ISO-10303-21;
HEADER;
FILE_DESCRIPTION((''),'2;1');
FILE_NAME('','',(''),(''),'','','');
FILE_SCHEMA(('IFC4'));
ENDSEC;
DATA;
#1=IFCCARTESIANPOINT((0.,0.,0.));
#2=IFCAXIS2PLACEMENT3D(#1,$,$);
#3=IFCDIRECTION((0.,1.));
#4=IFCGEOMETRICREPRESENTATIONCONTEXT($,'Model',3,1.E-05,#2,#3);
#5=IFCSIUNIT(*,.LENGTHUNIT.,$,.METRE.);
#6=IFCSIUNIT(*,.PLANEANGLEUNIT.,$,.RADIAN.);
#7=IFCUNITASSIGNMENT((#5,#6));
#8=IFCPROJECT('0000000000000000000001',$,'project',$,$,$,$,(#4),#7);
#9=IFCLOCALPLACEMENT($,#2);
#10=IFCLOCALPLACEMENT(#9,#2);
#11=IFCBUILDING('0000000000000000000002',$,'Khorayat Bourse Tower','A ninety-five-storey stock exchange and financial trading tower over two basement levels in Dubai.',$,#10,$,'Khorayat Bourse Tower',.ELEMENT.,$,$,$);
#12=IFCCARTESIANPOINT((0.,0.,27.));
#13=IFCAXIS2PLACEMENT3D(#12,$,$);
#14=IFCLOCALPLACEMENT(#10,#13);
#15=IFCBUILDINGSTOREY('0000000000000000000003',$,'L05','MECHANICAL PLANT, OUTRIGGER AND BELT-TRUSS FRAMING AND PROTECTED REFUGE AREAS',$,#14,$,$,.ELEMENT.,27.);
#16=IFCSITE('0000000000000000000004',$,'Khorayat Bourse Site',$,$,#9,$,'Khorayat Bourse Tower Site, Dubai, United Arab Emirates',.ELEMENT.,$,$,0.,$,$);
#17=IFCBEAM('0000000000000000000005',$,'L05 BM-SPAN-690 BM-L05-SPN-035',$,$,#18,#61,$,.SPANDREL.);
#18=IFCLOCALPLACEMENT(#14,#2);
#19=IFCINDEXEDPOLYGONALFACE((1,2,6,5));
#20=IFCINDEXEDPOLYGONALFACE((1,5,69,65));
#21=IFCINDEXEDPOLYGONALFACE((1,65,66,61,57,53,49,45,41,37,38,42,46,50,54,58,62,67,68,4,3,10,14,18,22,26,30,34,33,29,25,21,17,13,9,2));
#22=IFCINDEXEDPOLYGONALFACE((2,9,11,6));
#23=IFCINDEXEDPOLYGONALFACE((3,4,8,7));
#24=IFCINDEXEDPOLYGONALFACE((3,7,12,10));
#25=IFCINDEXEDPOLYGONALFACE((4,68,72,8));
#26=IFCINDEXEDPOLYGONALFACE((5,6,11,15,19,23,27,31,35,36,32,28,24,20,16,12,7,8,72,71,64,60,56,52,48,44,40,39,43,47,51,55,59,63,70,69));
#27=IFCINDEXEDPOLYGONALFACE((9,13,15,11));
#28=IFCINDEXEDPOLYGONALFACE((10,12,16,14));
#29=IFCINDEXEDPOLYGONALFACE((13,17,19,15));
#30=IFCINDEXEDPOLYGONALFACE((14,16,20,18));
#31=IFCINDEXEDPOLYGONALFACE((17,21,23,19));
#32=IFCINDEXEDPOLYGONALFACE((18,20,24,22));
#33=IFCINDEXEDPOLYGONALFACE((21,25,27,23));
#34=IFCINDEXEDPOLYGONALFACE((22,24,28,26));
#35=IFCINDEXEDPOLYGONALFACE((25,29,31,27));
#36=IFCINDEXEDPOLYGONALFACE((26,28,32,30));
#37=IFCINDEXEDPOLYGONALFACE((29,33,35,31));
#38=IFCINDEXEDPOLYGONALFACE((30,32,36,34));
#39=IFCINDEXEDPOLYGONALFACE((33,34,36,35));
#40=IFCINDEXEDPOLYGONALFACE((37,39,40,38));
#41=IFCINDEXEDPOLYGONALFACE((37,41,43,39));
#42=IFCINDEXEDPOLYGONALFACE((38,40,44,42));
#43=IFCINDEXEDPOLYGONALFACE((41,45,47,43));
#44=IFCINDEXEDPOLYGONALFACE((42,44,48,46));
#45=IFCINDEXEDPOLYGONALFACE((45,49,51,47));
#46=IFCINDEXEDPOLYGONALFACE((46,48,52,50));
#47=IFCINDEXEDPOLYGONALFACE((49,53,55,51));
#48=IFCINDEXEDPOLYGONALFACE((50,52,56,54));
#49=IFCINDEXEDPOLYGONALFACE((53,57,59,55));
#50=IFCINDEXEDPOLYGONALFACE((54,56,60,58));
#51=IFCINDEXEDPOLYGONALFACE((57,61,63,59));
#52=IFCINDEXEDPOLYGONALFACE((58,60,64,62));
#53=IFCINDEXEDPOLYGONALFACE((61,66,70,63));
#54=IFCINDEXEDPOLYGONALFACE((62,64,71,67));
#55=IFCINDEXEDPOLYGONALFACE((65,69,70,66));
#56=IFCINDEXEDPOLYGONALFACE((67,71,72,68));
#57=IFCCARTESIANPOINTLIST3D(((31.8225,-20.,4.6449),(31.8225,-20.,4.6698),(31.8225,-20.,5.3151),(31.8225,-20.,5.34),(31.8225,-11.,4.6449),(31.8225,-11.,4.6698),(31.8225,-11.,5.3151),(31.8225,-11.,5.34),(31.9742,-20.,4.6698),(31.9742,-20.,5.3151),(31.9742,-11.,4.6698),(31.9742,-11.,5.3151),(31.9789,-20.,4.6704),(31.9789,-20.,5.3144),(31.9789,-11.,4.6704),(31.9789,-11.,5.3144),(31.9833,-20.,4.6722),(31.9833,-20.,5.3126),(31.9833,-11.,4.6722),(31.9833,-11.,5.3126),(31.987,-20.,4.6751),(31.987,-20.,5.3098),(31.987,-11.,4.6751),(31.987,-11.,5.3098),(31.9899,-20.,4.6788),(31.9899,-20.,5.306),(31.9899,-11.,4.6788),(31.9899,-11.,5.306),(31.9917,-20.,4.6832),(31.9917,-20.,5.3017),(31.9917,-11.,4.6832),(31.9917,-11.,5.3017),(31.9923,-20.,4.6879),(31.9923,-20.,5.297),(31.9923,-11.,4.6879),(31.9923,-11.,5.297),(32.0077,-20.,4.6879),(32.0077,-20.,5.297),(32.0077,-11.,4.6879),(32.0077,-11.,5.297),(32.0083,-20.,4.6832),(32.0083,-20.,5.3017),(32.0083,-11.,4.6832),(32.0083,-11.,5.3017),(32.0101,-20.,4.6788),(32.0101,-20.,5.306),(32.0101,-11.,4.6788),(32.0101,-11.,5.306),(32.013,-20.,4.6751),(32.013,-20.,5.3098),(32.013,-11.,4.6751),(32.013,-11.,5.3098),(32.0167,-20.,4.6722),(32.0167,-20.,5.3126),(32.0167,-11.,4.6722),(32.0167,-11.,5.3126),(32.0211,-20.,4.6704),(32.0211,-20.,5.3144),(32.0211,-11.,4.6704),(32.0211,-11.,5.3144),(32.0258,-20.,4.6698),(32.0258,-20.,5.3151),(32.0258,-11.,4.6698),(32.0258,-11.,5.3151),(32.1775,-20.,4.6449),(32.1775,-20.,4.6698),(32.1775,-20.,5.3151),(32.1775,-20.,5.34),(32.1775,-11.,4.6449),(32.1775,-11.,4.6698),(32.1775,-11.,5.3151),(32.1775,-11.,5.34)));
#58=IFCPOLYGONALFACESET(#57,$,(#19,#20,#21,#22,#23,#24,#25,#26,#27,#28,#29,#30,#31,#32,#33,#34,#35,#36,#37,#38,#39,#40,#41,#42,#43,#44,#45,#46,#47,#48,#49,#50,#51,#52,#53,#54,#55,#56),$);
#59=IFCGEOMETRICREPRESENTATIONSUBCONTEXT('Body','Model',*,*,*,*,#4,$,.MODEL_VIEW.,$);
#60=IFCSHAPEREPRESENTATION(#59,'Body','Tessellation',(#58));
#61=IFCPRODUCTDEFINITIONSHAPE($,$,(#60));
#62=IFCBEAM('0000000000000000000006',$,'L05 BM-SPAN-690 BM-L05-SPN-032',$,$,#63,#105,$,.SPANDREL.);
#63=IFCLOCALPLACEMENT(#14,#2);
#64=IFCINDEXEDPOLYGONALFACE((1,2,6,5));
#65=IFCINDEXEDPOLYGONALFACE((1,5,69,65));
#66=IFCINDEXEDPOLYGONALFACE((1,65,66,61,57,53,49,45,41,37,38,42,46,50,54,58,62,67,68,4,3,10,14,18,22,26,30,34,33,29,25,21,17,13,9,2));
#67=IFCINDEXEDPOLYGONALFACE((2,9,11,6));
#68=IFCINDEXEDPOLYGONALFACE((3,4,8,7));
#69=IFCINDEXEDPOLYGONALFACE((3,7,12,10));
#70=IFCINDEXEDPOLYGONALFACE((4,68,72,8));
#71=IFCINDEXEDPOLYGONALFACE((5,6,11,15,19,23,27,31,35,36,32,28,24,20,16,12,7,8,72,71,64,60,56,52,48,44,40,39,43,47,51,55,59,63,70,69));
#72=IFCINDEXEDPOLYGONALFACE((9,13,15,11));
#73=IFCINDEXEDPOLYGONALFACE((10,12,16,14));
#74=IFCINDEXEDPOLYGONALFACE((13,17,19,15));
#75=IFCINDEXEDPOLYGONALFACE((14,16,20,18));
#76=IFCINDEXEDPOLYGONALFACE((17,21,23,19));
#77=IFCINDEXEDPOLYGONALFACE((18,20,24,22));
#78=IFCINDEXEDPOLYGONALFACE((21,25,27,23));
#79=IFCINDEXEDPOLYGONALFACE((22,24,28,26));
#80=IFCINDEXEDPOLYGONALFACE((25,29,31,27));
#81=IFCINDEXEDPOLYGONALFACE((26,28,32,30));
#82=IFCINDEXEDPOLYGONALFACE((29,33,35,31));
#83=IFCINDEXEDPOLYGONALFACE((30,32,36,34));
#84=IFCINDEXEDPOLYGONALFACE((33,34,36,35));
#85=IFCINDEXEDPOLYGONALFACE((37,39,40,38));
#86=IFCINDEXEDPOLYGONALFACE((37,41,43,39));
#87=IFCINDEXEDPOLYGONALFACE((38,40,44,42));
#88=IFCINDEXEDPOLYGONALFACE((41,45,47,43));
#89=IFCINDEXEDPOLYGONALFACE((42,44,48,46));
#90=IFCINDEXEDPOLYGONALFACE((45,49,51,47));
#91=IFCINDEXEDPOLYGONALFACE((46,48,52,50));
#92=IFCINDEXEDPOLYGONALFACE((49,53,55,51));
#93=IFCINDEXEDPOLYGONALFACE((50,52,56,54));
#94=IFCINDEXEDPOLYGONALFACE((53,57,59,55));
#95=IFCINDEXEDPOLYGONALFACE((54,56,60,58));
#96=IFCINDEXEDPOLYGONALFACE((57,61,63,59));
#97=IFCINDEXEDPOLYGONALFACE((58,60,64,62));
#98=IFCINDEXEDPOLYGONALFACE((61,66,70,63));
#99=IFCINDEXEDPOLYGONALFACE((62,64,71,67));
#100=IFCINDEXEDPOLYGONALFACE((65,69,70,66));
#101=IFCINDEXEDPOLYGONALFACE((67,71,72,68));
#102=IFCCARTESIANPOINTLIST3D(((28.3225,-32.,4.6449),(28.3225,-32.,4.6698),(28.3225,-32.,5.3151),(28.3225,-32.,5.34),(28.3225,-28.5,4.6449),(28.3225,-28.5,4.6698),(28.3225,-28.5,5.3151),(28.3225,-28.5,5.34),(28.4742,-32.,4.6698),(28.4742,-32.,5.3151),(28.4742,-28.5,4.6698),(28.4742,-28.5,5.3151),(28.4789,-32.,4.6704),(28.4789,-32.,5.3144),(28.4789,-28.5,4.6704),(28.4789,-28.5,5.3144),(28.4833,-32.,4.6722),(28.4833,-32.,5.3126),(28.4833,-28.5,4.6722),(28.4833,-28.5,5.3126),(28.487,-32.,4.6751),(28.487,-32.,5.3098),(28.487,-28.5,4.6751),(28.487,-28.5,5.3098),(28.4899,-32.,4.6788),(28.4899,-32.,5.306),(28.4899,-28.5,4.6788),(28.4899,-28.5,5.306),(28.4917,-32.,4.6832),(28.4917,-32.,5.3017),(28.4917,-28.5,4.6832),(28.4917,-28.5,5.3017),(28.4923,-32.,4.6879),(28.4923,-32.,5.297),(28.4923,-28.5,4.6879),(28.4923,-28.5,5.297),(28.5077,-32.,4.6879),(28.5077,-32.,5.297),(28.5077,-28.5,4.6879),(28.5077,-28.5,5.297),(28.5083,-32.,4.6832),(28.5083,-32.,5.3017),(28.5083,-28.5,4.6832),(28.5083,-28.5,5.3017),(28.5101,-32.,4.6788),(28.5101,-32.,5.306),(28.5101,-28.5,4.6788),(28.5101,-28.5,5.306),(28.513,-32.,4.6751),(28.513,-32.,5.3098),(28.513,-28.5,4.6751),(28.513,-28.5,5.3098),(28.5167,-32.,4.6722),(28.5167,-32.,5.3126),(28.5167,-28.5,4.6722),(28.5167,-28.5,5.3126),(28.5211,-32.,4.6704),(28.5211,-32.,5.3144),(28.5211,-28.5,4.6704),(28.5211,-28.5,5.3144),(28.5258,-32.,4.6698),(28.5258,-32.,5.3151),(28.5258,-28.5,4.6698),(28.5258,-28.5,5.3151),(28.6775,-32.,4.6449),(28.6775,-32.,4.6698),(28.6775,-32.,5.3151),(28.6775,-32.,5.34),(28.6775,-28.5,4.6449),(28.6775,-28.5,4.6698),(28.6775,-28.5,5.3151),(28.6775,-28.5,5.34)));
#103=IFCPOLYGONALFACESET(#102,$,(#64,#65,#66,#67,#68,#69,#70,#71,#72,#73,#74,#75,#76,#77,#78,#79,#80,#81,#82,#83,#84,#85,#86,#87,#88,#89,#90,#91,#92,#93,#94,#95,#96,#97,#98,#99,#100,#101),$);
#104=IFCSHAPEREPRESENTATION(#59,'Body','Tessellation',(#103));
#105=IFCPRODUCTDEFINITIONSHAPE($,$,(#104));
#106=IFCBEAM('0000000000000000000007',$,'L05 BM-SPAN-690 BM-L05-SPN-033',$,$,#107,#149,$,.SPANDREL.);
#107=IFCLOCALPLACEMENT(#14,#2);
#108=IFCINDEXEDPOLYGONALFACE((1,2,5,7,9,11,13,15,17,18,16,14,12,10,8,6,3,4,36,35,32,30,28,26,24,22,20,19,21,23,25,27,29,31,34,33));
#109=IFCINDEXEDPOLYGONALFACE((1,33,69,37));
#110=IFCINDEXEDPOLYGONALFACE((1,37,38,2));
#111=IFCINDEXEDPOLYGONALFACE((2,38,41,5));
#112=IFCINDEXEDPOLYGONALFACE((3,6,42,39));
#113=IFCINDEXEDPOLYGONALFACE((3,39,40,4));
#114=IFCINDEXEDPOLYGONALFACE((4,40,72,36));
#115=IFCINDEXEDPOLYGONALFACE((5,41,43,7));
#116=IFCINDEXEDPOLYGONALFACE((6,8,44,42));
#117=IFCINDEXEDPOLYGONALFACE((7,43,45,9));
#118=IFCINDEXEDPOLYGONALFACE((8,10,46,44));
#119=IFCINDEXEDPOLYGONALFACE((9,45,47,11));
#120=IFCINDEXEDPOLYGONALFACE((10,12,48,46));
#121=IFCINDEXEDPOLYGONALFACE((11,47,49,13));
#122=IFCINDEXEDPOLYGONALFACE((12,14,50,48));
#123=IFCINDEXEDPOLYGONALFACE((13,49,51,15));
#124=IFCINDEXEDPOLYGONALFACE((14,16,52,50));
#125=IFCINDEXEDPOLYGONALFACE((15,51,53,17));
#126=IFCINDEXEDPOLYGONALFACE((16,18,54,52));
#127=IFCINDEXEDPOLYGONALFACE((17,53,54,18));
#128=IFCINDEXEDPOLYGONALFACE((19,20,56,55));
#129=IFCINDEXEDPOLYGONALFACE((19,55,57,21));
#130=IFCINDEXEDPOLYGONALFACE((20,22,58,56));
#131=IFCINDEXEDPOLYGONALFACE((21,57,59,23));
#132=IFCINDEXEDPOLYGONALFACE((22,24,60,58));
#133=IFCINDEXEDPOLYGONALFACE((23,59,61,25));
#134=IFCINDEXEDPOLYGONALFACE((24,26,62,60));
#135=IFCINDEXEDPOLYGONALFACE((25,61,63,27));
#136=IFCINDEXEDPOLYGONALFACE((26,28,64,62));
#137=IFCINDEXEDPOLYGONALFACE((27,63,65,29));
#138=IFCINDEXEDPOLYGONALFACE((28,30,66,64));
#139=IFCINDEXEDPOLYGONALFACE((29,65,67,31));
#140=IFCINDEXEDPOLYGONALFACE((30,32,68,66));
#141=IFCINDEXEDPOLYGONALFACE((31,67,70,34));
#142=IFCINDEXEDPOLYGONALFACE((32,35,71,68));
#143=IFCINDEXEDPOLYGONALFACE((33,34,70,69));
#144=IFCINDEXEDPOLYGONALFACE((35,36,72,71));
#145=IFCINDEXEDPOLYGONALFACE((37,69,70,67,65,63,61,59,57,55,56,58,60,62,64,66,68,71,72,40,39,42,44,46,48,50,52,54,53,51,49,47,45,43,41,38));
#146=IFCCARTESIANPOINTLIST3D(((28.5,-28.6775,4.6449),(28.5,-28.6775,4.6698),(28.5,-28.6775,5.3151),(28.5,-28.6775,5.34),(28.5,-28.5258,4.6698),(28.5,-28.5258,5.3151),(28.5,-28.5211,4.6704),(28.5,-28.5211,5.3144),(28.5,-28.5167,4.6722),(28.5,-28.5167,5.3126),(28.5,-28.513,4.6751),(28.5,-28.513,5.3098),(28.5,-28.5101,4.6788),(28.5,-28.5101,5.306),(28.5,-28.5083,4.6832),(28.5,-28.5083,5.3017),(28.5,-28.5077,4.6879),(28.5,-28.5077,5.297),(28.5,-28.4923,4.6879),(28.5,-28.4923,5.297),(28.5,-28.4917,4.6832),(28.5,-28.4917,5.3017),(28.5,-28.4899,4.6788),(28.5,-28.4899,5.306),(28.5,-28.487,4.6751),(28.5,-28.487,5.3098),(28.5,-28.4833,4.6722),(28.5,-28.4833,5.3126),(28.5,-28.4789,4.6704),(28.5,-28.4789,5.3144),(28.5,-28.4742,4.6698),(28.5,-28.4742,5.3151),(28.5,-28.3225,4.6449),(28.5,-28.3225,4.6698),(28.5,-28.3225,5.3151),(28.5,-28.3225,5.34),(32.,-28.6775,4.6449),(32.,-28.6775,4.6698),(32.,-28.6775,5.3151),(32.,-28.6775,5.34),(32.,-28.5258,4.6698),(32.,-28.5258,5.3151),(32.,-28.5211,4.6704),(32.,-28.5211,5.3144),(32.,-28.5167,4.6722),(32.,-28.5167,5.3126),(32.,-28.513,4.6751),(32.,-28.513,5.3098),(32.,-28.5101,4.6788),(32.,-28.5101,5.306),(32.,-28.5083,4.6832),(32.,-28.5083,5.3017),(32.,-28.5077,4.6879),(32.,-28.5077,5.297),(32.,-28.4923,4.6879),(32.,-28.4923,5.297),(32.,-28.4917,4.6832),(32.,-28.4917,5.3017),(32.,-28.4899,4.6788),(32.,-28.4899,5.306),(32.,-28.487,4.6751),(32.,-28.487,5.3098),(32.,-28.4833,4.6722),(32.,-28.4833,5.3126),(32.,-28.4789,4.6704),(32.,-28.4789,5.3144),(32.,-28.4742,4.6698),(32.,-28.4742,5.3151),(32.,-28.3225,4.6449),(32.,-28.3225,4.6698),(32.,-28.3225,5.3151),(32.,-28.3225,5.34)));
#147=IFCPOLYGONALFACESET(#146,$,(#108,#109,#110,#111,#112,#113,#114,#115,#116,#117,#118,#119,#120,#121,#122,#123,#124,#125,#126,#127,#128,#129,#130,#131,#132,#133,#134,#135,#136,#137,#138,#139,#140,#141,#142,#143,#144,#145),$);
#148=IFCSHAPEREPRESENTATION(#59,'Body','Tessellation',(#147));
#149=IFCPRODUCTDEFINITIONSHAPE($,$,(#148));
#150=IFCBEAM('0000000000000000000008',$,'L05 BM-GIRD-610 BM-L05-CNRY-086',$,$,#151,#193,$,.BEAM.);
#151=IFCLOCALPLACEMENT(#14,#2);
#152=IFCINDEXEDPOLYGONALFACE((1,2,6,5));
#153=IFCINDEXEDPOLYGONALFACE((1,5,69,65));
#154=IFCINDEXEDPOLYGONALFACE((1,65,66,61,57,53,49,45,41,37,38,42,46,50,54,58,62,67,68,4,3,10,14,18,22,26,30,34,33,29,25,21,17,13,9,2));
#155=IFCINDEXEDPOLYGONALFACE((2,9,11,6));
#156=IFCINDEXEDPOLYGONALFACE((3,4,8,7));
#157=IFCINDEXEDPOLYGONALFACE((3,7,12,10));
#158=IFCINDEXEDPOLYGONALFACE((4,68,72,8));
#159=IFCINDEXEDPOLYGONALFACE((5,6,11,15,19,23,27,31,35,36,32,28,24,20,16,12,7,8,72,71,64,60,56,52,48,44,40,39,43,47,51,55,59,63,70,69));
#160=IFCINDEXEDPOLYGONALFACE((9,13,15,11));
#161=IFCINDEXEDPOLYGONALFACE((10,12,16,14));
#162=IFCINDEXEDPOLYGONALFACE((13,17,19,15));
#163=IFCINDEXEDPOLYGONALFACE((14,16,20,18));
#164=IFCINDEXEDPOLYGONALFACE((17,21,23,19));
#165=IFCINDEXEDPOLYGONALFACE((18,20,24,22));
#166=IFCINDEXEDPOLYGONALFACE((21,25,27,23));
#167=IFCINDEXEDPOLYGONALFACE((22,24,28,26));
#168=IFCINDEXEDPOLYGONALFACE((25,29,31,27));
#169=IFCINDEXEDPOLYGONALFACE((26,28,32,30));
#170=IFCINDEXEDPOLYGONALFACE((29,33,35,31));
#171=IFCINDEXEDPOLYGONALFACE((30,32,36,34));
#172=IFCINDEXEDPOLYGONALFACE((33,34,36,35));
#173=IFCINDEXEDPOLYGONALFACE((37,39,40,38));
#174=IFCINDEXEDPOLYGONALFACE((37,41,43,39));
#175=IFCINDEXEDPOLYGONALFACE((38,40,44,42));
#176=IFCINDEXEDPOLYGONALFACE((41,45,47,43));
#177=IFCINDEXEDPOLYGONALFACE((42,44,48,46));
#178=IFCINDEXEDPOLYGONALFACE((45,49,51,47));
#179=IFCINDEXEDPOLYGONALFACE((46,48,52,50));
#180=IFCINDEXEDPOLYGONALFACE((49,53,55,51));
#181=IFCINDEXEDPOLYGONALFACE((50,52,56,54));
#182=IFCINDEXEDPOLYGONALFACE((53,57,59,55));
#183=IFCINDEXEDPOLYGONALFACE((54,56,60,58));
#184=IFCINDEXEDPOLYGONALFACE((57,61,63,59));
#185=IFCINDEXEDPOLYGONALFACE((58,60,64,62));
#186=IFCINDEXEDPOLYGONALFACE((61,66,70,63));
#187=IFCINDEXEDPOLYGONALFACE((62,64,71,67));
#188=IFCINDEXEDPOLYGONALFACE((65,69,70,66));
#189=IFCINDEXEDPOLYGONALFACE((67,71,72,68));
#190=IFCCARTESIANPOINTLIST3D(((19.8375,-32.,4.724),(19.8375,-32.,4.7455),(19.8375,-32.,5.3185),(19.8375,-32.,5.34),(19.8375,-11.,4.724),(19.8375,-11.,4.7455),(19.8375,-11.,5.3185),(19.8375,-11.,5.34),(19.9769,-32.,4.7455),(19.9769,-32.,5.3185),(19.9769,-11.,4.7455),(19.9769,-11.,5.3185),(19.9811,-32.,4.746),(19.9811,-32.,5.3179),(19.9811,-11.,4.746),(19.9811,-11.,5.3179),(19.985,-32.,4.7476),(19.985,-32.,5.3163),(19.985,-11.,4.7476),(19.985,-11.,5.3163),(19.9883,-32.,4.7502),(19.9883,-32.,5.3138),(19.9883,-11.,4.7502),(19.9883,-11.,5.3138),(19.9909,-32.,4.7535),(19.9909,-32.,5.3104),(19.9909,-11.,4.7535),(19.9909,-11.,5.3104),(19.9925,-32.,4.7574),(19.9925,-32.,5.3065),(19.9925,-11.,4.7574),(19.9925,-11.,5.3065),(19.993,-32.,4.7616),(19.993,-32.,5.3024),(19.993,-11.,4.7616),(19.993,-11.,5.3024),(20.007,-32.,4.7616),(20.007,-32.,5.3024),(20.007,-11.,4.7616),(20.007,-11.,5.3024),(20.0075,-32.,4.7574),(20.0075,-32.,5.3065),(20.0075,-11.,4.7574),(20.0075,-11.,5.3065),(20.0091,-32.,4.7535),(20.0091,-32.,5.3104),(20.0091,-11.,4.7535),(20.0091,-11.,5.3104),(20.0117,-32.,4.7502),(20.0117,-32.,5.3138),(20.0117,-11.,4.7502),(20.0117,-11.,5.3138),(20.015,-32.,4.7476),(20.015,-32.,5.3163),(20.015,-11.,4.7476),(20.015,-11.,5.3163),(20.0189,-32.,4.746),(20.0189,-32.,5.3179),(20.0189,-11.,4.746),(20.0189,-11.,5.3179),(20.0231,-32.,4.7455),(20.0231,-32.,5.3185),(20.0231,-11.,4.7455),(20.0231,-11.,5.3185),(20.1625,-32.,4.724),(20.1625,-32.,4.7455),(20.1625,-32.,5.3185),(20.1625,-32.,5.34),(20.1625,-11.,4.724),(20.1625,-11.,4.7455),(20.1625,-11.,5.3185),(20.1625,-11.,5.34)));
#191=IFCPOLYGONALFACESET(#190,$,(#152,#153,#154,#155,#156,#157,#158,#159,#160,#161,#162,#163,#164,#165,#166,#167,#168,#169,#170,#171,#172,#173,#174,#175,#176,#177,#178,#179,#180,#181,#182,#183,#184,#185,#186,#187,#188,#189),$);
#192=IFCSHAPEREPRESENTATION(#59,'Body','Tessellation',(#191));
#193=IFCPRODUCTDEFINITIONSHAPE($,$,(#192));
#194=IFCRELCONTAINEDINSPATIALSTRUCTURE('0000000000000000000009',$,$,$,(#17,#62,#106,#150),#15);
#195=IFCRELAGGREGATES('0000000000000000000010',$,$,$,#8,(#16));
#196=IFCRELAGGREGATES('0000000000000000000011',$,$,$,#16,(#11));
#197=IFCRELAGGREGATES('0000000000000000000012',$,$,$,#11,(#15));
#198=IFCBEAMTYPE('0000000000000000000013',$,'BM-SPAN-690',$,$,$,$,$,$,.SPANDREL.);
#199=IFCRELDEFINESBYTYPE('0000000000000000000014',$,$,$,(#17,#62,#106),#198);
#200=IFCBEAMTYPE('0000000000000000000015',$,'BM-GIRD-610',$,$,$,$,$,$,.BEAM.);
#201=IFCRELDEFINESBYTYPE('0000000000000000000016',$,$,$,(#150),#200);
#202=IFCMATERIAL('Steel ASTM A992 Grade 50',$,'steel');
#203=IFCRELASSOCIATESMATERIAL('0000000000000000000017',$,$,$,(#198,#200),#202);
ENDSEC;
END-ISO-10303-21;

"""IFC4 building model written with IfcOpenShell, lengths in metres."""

from ifc_helpers import new_model, si_unit, direction, frame, origin, origin_2d, place, context, subcontext, project, spatial, i_section, extrude, source, transform, mapped, material, material_profile, profile_set, type_object, element, save


model = new_model("IFC4")

# Units and contexts
model_context = context("Model", 3, precision=1e-05, world=origin(), true_north=direction((0.0, 1.0)))
body_context = subcontext(model_context, "Body", "Model", "MODEL_VIEW")
ifc_project = project(units=[si_unit("LENGTHUNIT", "METRE"), si_unit("PLANEANGLEUNIT", "RADIAN")], contexts=[model_context])

# Site, building, storey
site_placement = place(None, origin())
site = spatial("IfcSite", under=ifc_project, at=site_placement, Name="Khorayat Bourse Site", LongName="Khorayat Bourse Tower Site, Dubai, United Arab Emirates", CompositionType="ELEMENT", RefElevation=0.0)
building_placement = place(site_placement, origin())
building = spatial("IfcBuilding", under=site, at=building_placement, Name="Khorayat Bourse Tower", Description="A ninety-five-storey stock exchange and financial trading tower over two basement levels in Dubai.", LongName="Khorayat Bourse Tower", CompositionType="ELEMENT")
storey_placement = place(building_placement, frame((0.0, 0.0, 27.0)))
storey = spatial("IfcBuildingStorey", under=building, at=storey_placement, Name="L05", Description="MECHANICAL PLANT, OUTRIGGER AND BELT-TRUSS FRAMING AND PROTECTED REFUGE AREAS", CompositionType="ELEMENT", Elevation=27.0)

# Beams
ifc_material_1 = material(Name="Steel ASTM A992 Grade 50", Category="steel")
ifc_material_profile_1 = material_profile(ifc_material_1, i_section(OverallWidth=0.355, OverallDepth=0.6951, WebThickness=0.0154, FlangeThickness=0.0249, FilletRadius=0.0181, at=origin_2d()), Name="W690X217")
ifc_profile_set_1 = profile_set([ifc_material_profile_1], Name="Steel ASTM A992 Grade 50")
beam_type_1 = type_object("IfcBeamType", Name="BM-SPAN-690", PredefinedType="SPANDREL", material=ifc_profile_set_1)
shared_shape_1 = source(origin(), body_context, "Body", "SweptSolid", [
    extrude(i_section(OverallWidth=0.355, OverallDepth=0.6951, WebThickness=0.0154, FlangeThickness=0.0249, FilletRadius=0.0181, at=origin_2d()), origin(), (0.0, 0.0, 1.0), 9.0),
])
beam_1_placement = place(storey_placement, frame((32.0, -20.0, 4.9924), z_axis=(0.0, 1.0, 0.0), x_axis=(-1.0, 0.0, 0.0)))
element("IfcBeam", 1, at=beam_1_placement, inside=storey, type_object=beam_type_1, Name="L05 BM-SPAN-690 BM-L05-SPN-035", PredefinedType="SPANDREL", context=body_context, shape_type="MappedRepresentation", body=[
    mapped(shared_shape_1, transform((0.0, 0.0, 0.0), scale=1.0)),
])
shared_shape_2 = source(origin(), body_context, "Body", "SweptSolid", [
    extrude(i_section(OverallWidth=0.355, OverallDepth=0.6951, WebThickness=0.0154, FlangeThickness=0.0249, FilletRadius=0.0181, at=origin_2d()), origin(), (0.0, 0.0, 1.0), 3.5),
])
for number, where, z_axis, x_axis, name in (
    (2, (28.5, -32.0, 4.9924), (0.0, 1.0, 0.0), (-1.0, 0.0, 0.0), "L05 BM-SPAN-690 BM-L05-SPN-032"),
    (3, (28.5, -28.5, 4.9924), (1.0, 0.0, 0.0), (0.0, 1.0, 0.0), "L05 BM-SPAN-690 BM-L05-SPN-033"),
):
    element("IfcBeam", number, at=place(storey_placement, frame(where, z_axis=z_axis, x_axis=x_axis)), inside=storey, type_object=beam_type_1, Name=name, PredefinedType="SPANDREL", context=body_context, shape_type="MappedRepresentation", body=[
        mapped(shared_shape_2, transform((0.0, 0.0, 0.0), scale=1.0)),
    ])
ifc_material_profile_2 = material_profile(ifc_material_1, i_section(OverallWidth=0.325, OverallDepth=0.616, WebThickness=0.0139, FlangeThickness=0.0215, FilletRadius=0.0161, at=origin_2d()), Name="W610X174")
ifc_profile_set_2 = profile_set([ifc_material_profile_2], Name="Steel ASTM A992 Grade 50")
beam_type_2 = type_object("IfcBeamType", Name="BM-GIRD-610", PredefinedType="BEAM", material=ifc_profile_set_2)
shared_shape_3 = source(origin(), body_context, "Body", "SweptSolid", [
    extrude(i_section(OverallWidth=0.325, OverallDepth=0.616, WebThickness=0.0139, FlangeThickness=0.0215, FilletRadius=0.0161, at=origin_2d()), origin(), (0.0, 0.0, 1.0), 21.0),
])
beam_2_placement = place(storey_placement, frame((20.0, -32.0, 5.032), z_axis=(0.0, 1.0, 0.0), x_axis=(-1.0, 0.0, 0.0)))
element("IfcBeam", 4, at=beam_2_placement, inside=storey, type_object=beam_type_2, Name="L05 BM-GIRD-610 BM-L05-CNRY-086", PredefinedType="BEAM", context=body_context, shape_type="MappedRepresentation", body=[
    mapped(shared_shape_3, transform((0.0, 0.0, 0.0), scale=1.0)),
])

save(model, "model.ifc")
